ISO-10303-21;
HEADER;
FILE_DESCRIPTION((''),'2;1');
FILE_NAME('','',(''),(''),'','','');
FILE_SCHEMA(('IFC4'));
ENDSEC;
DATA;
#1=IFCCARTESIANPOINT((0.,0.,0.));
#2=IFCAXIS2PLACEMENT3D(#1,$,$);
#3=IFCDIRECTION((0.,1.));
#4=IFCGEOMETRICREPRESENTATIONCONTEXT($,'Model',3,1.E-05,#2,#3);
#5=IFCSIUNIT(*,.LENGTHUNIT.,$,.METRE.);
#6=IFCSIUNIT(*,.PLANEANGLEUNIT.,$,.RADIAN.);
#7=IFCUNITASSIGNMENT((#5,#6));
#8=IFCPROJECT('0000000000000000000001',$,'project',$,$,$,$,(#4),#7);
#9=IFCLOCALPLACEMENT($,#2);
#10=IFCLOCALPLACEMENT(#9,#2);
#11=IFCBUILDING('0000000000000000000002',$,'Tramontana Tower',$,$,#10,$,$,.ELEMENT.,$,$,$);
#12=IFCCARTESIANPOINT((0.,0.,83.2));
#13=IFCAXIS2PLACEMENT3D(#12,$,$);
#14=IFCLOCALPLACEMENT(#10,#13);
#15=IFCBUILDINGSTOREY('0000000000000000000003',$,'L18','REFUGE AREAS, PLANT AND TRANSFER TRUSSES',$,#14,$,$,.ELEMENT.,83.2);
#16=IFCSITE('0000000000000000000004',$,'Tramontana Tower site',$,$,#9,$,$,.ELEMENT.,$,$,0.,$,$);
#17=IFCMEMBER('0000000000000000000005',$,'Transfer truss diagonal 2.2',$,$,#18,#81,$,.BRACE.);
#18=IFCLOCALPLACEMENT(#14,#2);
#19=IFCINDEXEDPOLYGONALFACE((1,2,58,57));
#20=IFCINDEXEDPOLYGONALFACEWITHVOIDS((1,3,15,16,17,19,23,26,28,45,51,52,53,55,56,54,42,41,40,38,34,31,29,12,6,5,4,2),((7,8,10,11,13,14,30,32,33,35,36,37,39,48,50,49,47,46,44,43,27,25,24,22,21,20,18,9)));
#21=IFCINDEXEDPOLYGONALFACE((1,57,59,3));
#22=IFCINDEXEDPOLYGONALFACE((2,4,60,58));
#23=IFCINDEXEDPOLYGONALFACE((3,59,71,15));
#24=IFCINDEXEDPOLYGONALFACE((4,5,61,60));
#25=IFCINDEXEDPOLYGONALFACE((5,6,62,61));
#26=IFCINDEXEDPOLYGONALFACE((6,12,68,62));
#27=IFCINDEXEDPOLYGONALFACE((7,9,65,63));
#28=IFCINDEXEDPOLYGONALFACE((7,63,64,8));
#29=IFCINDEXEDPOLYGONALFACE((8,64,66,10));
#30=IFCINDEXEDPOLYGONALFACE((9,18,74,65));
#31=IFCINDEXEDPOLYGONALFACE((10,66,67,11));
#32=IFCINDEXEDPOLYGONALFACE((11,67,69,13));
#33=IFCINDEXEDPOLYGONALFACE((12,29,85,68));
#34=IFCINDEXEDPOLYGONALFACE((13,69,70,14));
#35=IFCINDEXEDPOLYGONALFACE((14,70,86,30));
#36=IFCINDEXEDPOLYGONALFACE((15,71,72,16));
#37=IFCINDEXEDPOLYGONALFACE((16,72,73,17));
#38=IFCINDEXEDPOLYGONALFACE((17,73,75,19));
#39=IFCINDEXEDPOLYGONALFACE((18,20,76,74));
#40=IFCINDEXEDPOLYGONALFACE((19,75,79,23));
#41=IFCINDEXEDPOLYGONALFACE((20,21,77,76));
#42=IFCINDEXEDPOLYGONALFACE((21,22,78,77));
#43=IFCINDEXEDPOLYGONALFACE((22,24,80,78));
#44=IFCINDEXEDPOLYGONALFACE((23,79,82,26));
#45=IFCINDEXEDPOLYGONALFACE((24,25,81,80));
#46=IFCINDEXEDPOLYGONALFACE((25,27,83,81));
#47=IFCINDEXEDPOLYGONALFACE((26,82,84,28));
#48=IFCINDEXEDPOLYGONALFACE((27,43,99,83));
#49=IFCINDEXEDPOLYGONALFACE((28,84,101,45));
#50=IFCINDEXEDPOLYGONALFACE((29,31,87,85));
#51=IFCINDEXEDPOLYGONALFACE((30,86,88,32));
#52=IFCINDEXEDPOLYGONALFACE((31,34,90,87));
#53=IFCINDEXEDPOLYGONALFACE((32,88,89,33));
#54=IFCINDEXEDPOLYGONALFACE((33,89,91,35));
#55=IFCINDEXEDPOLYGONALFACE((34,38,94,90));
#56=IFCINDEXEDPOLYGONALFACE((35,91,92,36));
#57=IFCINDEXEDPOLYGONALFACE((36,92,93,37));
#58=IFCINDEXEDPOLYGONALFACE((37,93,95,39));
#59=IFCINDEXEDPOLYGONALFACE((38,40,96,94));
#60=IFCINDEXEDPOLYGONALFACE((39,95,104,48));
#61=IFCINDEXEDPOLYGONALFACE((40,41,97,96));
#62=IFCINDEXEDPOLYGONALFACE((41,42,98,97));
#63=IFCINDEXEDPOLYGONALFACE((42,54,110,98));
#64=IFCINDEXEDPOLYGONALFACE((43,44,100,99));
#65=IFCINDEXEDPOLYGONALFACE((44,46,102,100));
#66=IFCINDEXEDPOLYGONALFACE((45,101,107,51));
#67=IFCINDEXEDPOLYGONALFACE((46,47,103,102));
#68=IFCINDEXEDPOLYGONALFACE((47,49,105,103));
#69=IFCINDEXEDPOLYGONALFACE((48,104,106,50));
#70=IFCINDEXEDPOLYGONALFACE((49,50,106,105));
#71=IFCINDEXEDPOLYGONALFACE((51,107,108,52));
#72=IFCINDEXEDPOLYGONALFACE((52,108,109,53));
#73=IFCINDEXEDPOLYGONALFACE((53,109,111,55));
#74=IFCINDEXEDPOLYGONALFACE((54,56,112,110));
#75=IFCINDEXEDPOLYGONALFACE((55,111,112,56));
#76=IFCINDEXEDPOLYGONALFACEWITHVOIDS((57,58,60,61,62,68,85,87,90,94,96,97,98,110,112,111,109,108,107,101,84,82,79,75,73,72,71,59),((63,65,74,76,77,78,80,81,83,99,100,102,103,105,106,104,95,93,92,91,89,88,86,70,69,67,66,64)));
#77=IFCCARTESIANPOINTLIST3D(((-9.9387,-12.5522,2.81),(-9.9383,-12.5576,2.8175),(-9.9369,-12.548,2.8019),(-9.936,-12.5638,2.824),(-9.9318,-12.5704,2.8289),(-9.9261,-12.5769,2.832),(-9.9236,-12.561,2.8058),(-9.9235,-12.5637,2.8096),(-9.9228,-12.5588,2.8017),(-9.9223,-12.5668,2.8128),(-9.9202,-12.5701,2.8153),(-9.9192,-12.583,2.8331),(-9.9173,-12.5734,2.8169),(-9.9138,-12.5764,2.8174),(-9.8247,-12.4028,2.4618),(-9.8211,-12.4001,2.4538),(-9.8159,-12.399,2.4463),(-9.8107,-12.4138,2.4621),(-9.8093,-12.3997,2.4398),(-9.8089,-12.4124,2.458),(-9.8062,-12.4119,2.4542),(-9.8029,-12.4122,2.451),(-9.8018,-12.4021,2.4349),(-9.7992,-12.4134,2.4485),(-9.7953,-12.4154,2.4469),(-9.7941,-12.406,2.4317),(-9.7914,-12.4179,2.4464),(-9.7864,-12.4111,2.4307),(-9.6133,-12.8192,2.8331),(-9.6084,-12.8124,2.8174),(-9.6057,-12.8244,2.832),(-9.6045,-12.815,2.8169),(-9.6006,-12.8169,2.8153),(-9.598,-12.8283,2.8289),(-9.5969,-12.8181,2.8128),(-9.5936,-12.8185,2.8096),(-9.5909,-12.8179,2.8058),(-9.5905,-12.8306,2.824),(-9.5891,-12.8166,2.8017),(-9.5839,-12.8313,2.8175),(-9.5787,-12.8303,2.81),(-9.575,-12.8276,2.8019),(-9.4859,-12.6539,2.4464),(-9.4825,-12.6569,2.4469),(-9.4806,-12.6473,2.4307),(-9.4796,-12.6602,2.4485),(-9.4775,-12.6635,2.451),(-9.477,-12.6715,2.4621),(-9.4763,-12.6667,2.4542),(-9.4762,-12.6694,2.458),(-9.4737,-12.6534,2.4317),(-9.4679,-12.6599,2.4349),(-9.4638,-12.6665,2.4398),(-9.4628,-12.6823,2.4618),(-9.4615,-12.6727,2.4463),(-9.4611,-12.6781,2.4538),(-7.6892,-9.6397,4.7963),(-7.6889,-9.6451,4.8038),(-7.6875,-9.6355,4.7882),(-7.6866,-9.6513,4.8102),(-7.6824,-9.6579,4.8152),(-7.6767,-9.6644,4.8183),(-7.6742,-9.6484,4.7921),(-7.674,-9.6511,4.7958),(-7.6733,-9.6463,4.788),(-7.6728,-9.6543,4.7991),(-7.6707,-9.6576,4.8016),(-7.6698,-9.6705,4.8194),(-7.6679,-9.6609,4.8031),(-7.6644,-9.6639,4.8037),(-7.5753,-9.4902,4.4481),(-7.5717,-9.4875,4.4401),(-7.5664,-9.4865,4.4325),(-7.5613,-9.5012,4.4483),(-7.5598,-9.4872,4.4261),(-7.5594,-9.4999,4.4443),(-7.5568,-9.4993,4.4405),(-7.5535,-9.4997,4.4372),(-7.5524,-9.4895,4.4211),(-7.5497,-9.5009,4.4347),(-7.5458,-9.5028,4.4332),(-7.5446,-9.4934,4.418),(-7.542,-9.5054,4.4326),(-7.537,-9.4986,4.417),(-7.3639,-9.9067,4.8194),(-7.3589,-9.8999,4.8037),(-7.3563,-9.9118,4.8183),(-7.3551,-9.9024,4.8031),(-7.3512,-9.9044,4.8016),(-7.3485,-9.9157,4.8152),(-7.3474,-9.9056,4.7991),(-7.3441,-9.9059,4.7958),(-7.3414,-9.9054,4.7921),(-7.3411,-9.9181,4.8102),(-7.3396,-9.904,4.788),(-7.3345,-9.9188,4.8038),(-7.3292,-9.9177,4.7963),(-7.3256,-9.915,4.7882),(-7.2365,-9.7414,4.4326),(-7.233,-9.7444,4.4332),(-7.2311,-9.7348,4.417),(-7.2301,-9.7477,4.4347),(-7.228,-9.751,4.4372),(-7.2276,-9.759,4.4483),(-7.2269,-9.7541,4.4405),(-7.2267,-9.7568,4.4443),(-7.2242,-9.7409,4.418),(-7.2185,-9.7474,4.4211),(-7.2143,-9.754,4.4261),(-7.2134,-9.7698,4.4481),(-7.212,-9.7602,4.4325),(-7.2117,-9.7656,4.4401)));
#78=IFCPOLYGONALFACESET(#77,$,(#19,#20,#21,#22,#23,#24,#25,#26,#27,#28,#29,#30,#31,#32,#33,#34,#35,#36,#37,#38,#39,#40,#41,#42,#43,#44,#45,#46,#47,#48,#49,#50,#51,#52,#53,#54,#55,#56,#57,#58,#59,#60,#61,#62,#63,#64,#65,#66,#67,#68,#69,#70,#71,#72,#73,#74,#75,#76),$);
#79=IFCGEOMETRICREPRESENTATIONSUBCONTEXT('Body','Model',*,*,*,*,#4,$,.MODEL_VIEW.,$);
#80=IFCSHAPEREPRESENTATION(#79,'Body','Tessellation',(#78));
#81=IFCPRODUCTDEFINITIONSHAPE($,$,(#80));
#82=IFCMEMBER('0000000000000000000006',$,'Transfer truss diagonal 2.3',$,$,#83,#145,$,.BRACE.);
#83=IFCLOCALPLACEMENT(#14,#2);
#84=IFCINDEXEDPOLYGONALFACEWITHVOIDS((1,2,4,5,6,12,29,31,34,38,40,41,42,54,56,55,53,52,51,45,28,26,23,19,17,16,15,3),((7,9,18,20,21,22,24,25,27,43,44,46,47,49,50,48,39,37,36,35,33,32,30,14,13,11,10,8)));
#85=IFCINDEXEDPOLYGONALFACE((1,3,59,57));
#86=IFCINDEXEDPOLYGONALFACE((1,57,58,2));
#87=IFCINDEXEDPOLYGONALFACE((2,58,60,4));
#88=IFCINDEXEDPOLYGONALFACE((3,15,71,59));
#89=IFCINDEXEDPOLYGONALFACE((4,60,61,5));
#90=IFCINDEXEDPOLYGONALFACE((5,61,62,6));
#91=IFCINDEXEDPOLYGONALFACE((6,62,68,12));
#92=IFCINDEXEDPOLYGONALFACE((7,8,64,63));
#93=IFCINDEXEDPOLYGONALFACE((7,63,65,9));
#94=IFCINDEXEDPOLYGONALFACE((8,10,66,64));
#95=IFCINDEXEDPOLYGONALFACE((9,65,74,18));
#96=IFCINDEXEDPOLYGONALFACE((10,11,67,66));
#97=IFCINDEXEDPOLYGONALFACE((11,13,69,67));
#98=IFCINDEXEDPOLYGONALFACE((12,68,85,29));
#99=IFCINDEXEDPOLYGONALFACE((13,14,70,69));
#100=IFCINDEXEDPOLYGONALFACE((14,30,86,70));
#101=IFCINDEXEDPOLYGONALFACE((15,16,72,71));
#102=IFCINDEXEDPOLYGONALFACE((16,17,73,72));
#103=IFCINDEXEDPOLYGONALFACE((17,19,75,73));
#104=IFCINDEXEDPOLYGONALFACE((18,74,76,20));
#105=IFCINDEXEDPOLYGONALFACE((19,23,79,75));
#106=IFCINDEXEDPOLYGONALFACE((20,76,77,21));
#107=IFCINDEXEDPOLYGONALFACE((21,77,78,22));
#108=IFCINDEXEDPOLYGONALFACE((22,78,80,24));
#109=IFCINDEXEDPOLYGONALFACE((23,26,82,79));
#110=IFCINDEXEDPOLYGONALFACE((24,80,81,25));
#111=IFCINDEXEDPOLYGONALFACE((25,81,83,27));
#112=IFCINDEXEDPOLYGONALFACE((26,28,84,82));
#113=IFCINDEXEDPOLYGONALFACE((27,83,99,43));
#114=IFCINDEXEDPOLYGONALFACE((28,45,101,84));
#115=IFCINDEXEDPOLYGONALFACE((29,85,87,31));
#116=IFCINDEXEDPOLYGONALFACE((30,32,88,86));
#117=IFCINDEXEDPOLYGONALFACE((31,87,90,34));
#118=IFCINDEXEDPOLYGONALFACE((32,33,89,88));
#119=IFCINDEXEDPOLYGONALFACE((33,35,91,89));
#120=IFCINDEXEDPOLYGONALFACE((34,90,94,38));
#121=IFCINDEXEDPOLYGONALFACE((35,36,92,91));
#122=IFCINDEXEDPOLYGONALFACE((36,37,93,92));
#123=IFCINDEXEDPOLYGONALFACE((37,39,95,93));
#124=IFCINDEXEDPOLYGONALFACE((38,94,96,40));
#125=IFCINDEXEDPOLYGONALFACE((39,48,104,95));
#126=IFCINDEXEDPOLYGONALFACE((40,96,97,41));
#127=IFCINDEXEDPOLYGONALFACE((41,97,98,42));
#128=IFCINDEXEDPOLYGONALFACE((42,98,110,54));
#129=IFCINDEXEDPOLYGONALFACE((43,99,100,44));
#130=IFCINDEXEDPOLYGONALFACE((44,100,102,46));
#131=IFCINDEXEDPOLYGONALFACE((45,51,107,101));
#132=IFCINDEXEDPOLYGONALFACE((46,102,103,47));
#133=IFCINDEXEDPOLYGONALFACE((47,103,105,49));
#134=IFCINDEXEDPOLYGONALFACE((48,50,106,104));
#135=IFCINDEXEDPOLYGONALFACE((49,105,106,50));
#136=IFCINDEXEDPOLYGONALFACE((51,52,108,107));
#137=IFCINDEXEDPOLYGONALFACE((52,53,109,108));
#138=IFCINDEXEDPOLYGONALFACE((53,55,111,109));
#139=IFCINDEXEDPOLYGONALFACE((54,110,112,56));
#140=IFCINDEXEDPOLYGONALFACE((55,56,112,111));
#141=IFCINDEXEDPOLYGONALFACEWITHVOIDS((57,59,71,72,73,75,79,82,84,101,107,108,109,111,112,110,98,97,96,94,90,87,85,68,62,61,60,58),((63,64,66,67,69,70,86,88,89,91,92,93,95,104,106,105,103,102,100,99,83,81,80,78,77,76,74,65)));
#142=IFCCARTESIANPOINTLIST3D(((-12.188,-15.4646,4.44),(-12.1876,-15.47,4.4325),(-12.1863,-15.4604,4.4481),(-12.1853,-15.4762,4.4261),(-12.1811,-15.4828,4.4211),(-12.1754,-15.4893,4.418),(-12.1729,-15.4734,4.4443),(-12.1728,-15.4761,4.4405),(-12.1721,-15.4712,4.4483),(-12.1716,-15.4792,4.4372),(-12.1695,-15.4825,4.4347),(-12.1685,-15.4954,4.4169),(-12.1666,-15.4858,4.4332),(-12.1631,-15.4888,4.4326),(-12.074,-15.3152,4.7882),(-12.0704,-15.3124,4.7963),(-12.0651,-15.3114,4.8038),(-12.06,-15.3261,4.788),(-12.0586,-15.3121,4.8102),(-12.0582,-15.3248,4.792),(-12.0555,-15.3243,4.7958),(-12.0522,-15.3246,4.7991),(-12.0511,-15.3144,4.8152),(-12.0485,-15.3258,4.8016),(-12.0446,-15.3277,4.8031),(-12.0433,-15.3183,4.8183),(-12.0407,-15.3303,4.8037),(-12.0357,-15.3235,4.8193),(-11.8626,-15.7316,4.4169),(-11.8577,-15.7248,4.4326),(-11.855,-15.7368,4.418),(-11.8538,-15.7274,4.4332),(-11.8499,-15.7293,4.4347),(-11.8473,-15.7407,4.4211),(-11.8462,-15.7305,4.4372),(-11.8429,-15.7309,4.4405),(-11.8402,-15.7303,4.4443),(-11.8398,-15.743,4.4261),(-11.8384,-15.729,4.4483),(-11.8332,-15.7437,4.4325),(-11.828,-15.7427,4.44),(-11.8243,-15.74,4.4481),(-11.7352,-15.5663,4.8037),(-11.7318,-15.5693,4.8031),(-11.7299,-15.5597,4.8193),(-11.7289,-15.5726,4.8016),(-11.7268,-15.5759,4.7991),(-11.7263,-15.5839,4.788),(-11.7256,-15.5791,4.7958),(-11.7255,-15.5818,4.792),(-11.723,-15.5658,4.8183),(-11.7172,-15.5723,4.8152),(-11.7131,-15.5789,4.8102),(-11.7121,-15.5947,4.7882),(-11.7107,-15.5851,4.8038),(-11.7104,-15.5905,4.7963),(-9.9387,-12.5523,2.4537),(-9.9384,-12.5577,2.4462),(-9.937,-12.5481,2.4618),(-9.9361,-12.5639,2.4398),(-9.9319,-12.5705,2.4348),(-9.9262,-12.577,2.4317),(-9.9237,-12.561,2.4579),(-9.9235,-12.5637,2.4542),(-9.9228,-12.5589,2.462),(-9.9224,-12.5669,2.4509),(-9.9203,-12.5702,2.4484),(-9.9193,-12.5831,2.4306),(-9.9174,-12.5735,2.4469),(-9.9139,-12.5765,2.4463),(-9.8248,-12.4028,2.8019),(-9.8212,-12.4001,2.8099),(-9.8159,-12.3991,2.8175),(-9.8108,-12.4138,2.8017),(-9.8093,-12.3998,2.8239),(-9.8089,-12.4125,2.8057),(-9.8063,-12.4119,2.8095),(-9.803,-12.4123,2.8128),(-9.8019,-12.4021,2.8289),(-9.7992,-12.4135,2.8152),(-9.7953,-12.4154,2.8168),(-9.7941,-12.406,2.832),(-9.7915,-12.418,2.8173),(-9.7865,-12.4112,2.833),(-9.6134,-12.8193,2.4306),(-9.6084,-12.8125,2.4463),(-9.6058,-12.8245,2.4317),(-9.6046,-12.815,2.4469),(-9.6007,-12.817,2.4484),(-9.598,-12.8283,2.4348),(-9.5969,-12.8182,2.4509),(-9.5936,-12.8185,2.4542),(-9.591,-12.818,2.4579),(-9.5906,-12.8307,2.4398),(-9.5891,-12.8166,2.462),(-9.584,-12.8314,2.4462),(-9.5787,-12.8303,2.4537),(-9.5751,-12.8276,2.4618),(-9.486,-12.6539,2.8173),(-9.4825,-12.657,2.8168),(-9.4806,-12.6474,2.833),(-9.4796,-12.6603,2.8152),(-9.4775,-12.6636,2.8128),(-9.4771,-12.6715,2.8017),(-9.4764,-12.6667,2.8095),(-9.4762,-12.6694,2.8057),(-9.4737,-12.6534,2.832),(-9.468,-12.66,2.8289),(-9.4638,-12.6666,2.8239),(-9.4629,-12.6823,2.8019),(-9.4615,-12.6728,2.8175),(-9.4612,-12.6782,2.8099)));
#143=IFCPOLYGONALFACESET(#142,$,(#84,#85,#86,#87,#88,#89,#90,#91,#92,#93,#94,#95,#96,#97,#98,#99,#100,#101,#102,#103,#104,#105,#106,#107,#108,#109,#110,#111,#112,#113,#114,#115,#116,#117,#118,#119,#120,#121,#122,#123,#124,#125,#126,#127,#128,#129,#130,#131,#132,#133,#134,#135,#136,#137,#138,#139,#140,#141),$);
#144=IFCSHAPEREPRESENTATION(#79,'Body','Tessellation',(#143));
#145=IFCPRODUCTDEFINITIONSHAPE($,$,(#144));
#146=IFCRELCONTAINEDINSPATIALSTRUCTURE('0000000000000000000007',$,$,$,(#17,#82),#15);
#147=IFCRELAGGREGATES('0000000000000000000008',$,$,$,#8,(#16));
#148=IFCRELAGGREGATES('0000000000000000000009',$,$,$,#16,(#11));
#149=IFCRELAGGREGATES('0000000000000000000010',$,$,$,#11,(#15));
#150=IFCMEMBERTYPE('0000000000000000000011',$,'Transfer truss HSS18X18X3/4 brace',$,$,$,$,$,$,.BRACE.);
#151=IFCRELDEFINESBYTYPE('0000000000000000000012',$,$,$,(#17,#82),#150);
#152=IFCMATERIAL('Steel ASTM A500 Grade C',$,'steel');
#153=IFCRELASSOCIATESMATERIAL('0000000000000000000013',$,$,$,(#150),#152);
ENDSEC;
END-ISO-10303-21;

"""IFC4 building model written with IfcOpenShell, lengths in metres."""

from ifc_helpers import new_model, si_unit, direction, frame, origin, origin_2d, place, context, subcontext, project, spatial, hollow_rectangle, extrude, material, material_profile, profile_set, type_object, element, save


model = new_model("IFC4")

# Units and contexts
model_context = context("Model", 3, precision=1e-05, world=origin(), true_north=direction((0.0, 1.0)))
body_context = subcontext(model_context, "Body", "Model", "MODEL_VIEW")
ifc_project = project(units=[si_unit("LENGTHUNIT", "METRE"), si_unit("PLANEANGLEUNIT", "RADIAN")], contexts=[model_context])

# Site, building, storey
site_placement = place(None, origin())
site = spatial("IfcSite", under=ifc_project, at=site_placement, Name="Tramontana Tower site", CompositionType="ELEMENT", RefElevation=0.0)
building_placement = place(site_placement, origin())
building = spatial("IfcBuilding", under=site, at=building_placement, Name="Tramontana Tower", CompositionType="ELEMENT")
storey_placement = place(building_placement, frame((0.0, 0.0, 83.2)))
storey = spatial("IfcBuildingStorey", under=building, at=storey_placement, Name="L18", Description="REFUGE AREAS, PLANT AND TRANSFER TRUSSES", CompositionType="ELEMENT", Elevation=83.2)

# Members
ifc_material_1 = material(Name="Steel ASTM A500 Grade C", Category="steel")
ifc_material_profile_1 = material_profile(ifc_material_1, hollow_rectangle(XDim=0.4573, YDim=0.4573, WallThickness=0.0178, InnerFilletRadius=0.0178, OuterFilletRadius=0.0354, at=origin_2d()), Name="HSS18X18X3/4")
ifc_profile_set_1 = profile_set([ifc_material_profile_1], Name="Steel ASTM A500 Grade C")
member_type_1 = type_object("IfcMemberType", Name="Transfer truss HSS18X18X3/4 brace", PredefinedType="BRACE", material=ifc_profile_set_1)
member_1_placement = place(storey_placement, frame((-7.4504, -9.7026, 4.6182), z_axis=(-0.537905, -0.696462, -0.474972), x_axis=(0.791434, -0.611255, 0.0)))
element("IfcMember", 1, at=member_1_placement, inside=storey, type_object=member_type_1, Name="Transfer truss diagonal 2.2", PredefinedType="BRACE", context=body_context, shape_type="SweptSolid", body=[
    extrude(hollow_rectangle(XDim=0.4573, YDim=0.4573, WallThickness=0.0178, InnerFilletRadius=0.0178, OuterFilletRadius=0.0354, at=origin_2d()), origin(), (0.0, 0.0, 1.0), 4.1819),
])
member_2_placement = place(storey_placement, frame((-9.7, -12.6152, 2.6318), z_axis=(-0.537885, -0.696454, 0.475006), x_axis=(0.791441, -0.611245, 0.0)))
element("IfcMember", 2, at=member_2_placement, inside=storey, type_object=member_type_1, Name="Transfer truss diagonal 2.3", PredefinedType="BRACE", context=body_context, shape_type="SweptSolid", body=[
    extrude(hollow_rectangle(XDim=0.4573, YDim=0.4573, WallThickness=0.0178, InnerFilletRadius=0.0178, OuterFilletRadius=0.0354, at=origin_2d()), origin(), (0.0, 0.0, 1.0), 4.1816),
])

save(model, "model.ifc")
